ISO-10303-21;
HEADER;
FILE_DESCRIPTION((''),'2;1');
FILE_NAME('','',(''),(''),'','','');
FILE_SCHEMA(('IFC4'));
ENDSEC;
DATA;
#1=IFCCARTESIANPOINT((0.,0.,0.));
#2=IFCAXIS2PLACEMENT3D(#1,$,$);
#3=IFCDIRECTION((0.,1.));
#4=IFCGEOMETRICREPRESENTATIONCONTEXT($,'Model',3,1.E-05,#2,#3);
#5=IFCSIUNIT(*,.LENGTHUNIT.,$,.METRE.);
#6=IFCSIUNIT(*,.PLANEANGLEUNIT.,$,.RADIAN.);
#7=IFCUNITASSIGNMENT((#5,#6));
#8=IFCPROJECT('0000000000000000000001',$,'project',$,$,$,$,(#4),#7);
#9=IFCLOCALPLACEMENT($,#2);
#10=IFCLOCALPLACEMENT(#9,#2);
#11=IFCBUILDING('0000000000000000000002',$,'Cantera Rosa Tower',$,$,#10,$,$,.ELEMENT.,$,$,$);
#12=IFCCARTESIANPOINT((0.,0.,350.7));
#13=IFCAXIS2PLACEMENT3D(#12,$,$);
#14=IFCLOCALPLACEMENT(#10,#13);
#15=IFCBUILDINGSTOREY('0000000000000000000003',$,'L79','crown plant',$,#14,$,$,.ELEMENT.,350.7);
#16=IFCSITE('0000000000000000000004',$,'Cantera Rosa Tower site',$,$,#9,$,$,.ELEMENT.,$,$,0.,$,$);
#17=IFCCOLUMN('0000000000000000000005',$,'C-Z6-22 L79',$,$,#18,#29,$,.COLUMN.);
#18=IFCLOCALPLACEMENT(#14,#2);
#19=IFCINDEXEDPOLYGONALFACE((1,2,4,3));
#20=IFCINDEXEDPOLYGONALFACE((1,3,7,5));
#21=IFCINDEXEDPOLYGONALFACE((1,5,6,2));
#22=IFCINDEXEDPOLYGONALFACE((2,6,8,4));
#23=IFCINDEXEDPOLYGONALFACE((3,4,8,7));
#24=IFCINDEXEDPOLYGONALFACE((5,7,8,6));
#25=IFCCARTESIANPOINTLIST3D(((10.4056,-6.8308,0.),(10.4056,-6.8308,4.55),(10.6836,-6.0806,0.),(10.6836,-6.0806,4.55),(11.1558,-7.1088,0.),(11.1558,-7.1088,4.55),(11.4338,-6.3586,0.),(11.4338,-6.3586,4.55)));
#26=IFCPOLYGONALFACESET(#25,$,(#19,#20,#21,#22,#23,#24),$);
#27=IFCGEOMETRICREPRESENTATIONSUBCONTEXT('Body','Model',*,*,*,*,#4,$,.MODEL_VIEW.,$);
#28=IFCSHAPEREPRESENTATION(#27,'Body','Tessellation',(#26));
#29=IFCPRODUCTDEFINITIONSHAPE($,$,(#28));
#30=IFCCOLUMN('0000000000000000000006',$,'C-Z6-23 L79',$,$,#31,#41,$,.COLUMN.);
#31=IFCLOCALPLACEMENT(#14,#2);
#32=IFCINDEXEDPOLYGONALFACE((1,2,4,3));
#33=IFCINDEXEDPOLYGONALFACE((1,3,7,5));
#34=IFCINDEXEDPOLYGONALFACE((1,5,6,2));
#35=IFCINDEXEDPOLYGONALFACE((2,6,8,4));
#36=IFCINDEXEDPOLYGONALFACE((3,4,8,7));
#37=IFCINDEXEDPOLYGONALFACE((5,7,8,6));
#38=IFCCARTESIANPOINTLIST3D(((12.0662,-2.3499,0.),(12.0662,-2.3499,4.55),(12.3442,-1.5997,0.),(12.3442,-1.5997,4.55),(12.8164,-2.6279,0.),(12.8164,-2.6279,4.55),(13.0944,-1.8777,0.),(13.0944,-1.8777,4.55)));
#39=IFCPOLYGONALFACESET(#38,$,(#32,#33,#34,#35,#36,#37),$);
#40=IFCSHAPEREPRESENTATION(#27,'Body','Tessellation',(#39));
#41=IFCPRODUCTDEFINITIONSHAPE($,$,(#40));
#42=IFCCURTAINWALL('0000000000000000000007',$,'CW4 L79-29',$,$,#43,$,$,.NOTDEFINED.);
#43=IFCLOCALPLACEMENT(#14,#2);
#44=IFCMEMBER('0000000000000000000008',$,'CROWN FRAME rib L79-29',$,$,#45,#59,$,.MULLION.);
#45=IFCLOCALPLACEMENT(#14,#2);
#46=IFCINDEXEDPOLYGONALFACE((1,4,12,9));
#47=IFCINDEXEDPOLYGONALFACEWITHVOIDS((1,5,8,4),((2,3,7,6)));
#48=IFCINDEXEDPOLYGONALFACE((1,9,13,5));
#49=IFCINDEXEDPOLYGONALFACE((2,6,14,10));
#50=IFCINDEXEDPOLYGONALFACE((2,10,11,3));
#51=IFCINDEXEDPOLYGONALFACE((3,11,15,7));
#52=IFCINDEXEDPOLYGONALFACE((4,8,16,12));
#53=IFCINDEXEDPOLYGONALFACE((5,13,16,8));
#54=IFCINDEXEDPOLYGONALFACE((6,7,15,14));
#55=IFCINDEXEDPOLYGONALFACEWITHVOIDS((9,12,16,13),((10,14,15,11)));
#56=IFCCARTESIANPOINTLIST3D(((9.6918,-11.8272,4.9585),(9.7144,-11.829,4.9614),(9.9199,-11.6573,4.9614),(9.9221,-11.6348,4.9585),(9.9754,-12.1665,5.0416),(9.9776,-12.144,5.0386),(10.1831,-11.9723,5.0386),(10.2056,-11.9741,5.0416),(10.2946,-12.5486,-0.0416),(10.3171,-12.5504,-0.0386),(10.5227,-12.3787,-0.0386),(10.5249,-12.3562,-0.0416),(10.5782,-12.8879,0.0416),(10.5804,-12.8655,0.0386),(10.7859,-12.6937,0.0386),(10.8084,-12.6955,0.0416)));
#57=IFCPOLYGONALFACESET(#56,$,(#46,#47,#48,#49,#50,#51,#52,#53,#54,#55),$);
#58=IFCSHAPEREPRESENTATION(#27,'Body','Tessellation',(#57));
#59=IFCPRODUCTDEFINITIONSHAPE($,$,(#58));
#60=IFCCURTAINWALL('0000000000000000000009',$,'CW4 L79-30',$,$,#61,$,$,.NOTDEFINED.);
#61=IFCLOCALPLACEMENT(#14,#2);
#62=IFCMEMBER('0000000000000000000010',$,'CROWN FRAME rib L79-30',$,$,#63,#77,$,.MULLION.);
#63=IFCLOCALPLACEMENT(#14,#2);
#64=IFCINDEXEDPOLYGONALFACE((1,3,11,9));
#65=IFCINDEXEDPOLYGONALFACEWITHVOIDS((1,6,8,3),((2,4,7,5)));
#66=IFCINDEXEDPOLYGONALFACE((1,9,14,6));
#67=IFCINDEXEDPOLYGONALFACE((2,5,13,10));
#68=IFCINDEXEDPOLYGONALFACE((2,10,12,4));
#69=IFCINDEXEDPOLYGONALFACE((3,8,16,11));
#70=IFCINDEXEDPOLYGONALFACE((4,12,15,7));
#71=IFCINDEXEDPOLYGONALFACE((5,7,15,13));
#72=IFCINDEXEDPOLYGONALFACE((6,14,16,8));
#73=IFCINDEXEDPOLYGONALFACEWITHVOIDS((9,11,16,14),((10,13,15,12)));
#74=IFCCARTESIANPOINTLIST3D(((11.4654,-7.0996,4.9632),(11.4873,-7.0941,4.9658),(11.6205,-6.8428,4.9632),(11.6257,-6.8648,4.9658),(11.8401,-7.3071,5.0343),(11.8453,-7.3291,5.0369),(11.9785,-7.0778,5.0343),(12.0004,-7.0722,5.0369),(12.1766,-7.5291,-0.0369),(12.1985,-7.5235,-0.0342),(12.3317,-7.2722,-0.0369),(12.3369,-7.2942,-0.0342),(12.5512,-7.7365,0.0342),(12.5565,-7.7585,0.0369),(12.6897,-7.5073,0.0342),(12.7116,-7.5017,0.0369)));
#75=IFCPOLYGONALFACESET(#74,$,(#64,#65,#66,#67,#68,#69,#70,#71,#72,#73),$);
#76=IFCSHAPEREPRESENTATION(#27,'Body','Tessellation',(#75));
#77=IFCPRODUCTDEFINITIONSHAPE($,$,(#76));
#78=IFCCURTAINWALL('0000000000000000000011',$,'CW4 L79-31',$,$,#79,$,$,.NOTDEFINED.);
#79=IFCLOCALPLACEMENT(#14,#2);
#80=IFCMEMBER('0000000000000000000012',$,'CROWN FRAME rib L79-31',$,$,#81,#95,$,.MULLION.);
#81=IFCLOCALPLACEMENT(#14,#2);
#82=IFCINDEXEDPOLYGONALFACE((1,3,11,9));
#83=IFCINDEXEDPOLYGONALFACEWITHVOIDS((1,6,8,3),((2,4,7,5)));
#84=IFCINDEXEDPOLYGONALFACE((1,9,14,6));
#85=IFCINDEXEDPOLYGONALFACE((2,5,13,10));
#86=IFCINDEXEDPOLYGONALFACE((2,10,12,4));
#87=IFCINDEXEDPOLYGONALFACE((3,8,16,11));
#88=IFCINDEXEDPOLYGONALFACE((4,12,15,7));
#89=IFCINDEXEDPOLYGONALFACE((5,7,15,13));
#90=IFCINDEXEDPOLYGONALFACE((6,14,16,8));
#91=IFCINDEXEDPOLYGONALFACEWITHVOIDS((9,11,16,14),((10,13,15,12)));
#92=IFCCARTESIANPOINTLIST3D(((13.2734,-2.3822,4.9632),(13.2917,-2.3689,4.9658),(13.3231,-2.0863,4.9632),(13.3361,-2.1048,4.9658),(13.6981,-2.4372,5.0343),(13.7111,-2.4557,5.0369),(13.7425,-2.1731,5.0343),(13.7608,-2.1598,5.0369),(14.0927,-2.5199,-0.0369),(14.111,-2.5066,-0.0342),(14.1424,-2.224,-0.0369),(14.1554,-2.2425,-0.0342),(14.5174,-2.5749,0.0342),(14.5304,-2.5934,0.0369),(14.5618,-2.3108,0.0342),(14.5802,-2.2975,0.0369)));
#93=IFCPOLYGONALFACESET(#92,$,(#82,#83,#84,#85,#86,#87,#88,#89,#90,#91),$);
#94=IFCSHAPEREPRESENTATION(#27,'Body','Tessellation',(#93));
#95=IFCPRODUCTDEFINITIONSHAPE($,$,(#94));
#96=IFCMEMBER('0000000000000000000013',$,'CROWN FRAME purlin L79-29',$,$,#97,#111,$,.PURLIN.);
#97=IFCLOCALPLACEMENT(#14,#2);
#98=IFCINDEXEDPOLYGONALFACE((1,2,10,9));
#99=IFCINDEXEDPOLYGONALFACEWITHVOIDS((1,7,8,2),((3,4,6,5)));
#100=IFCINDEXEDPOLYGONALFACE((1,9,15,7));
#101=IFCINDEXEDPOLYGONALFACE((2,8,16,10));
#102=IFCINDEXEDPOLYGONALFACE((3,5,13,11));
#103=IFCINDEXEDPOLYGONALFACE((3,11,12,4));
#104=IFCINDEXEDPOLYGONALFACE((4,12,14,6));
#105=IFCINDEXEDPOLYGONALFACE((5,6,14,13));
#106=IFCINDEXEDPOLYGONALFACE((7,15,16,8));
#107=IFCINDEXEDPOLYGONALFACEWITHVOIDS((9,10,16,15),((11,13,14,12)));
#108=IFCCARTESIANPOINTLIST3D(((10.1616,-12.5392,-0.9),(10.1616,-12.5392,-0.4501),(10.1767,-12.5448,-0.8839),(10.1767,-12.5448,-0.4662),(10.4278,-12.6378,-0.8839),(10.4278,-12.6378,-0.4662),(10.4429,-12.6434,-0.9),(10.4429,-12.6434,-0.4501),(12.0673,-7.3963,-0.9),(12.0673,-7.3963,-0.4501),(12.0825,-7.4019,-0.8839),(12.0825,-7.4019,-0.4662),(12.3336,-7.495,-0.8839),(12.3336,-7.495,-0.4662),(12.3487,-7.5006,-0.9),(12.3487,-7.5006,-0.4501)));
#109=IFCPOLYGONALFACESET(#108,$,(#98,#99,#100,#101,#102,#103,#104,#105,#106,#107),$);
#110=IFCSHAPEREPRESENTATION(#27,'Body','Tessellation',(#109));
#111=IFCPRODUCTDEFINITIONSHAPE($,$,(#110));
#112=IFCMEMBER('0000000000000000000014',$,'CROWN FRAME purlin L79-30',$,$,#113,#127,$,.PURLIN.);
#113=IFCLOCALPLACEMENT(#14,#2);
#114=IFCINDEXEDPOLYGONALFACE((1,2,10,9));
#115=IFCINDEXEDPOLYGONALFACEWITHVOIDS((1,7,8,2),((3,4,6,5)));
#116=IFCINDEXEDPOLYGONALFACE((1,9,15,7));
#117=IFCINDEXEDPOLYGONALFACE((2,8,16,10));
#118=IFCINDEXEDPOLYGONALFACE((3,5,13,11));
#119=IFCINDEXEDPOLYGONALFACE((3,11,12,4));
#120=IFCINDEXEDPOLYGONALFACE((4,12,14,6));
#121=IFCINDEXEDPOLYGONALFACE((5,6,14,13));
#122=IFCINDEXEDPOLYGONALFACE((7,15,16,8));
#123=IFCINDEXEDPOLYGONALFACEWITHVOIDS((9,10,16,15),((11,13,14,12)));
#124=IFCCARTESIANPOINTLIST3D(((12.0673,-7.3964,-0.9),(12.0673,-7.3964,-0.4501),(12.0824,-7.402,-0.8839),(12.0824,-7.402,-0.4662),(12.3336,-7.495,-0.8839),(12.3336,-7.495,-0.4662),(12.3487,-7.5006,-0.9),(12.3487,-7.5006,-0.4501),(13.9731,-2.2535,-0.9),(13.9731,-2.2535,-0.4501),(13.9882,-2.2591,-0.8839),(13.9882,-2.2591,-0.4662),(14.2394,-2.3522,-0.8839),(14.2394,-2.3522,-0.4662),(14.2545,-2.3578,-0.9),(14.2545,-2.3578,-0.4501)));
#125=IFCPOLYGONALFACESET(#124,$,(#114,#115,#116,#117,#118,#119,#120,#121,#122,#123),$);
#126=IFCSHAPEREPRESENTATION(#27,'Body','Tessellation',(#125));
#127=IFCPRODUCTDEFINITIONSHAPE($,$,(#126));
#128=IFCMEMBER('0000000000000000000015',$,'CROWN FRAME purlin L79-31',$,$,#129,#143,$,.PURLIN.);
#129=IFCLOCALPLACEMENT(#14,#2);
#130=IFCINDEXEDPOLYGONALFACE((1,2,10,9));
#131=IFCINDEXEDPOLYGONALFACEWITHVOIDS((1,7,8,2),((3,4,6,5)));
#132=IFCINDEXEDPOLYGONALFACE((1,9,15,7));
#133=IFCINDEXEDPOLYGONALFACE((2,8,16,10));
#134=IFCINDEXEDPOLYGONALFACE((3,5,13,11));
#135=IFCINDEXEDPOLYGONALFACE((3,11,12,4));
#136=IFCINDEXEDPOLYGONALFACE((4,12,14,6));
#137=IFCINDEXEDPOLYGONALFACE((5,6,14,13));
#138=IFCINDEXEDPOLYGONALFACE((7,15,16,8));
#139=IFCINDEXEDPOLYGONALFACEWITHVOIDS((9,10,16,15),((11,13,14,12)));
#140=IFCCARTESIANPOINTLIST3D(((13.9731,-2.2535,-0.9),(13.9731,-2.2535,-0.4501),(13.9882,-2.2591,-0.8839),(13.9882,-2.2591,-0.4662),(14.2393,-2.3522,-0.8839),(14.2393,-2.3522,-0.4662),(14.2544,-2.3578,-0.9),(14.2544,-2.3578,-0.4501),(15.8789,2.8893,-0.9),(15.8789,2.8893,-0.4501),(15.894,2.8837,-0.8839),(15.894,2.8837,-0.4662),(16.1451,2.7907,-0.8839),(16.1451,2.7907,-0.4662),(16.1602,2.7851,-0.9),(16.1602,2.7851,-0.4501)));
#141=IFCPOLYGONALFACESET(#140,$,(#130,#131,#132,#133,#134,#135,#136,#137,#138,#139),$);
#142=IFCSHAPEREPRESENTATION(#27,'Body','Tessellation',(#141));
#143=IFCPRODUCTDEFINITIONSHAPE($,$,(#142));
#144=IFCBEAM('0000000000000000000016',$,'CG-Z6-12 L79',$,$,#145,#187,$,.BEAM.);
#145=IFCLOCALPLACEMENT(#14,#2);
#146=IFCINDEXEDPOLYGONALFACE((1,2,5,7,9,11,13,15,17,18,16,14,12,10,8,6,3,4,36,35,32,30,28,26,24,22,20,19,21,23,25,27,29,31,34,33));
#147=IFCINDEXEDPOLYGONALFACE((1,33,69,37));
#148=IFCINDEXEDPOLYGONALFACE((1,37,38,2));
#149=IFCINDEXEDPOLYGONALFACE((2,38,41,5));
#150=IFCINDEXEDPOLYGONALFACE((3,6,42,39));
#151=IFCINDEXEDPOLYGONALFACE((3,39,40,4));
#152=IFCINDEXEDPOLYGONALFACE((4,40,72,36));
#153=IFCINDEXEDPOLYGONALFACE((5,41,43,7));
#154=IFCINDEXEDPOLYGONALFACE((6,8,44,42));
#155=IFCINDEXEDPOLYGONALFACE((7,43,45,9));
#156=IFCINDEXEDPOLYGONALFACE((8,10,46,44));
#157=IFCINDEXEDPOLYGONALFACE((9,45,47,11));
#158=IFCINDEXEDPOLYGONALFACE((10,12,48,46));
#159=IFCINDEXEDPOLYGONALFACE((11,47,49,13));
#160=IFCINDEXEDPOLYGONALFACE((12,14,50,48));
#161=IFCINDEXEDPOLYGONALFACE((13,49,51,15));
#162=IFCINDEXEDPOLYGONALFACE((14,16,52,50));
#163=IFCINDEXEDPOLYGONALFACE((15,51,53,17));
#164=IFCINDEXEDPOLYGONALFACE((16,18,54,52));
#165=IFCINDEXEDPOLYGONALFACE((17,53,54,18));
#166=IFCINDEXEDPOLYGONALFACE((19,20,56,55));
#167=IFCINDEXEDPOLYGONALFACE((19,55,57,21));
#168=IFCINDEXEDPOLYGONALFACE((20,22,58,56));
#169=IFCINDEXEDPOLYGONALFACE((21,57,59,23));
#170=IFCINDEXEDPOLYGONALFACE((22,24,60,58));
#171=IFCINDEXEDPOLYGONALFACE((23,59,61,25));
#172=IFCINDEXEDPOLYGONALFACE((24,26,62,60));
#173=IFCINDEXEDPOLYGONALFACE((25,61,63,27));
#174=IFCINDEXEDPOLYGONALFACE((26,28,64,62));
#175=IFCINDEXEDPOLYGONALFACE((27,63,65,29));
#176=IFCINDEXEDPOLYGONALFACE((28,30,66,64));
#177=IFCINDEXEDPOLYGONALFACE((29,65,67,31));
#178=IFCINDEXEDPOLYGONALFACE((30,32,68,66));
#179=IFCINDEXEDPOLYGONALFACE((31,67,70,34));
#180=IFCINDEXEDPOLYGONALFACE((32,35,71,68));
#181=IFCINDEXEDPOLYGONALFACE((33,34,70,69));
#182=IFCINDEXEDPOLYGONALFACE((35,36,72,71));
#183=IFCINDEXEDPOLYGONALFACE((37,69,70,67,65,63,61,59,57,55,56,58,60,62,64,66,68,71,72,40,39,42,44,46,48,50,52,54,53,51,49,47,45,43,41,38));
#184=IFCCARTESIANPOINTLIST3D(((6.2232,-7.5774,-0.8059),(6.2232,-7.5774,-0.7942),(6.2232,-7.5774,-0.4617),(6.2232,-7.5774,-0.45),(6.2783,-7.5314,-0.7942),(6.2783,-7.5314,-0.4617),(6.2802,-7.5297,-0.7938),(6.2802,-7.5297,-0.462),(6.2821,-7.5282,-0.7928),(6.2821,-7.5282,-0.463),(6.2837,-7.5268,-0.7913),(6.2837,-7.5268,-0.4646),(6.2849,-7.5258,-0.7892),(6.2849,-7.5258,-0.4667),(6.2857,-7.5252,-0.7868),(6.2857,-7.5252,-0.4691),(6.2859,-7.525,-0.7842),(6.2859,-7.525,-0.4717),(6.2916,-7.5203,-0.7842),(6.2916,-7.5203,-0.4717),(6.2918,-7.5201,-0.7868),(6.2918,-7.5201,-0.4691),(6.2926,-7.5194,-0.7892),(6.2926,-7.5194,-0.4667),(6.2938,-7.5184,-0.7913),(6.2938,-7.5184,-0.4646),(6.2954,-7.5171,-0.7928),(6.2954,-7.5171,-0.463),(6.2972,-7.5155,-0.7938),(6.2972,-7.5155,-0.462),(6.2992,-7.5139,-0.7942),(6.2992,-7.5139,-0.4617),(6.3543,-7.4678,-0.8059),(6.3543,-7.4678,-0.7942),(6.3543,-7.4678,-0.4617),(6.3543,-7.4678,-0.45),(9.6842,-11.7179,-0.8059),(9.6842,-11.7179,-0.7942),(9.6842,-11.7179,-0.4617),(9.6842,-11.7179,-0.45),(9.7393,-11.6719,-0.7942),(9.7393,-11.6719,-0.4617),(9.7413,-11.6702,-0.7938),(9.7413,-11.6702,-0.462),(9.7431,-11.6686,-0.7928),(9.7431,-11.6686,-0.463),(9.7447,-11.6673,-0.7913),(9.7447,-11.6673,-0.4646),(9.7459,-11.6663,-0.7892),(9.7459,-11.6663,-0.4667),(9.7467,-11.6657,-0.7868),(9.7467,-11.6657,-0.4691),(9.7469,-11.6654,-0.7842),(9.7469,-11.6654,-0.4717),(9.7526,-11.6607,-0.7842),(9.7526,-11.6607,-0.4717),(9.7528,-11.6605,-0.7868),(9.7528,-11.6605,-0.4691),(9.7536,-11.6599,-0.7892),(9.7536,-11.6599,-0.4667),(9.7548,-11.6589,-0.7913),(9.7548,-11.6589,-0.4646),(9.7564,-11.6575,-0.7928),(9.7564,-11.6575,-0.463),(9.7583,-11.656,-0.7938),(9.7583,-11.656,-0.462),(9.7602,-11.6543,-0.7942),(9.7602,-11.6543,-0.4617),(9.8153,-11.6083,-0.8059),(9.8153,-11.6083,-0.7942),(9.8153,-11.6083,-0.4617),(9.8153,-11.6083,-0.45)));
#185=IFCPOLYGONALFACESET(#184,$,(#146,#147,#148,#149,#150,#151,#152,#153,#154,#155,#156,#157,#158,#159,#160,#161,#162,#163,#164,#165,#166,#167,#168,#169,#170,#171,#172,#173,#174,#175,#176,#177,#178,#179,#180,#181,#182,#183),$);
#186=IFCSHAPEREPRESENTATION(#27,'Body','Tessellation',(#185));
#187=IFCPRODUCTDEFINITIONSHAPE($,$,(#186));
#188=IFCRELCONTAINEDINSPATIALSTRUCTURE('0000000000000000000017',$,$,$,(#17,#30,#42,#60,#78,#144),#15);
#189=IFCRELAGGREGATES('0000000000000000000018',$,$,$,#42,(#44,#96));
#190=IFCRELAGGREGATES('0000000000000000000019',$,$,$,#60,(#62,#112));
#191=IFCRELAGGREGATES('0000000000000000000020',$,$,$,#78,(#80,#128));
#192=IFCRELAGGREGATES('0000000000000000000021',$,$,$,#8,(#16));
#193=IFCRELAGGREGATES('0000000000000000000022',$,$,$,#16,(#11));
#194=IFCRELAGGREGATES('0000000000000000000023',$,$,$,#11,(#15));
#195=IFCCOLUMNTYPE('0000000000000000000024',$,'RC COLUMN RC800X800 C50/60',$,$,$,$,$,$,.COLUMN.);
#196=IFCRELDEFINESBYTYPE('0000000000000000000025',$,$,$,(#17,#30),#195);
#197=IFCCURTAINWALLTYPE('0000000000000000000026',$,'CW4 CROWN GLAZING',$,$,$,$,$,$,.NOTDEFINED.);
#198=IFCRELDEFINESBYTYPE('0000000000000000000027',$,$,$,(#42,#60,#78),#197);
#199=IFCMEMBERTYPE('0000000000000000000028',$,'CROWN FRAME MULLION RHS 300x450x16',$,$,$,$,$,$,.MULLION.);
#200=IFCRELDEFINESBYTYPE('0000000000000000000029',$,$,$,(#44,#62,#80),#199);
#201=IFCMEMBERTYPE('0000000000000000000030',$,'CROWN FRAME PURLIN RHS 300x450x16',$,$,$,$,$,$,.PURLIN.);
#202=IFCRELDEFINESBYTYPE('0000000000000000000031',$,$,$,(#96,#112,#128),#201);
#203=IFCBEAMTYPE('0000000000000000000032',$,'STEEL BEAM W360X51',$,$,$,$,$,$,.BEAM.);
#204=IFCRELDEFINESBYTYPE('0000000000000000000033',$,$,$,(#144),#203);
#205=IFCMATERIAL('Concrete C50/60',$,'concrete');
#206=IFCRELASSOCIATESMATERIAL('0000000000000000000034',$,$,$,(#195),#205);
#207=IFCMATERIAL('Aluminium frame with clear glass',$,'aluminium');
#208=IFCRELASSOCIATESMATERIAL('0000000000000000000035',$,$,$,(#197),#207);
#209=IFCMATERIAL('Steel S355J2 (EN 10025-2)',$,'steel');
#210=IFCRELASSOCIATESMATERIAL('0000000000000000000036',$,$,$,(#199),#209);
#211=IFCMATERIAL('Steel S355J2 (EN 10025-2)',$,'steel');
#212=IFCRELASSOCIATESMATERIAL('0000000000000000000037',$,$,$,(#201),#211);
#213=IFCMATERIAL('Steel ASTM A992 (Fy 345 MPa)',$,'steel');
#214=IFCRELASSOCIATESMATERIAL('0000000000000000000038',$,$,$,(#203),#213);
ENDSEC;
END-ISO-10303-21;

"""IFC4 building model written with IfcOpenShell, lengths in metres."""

from ifc_helpers import new_model, si_unit, direction, frame, origin, origin_2d, place, context, subcontext, project, spatial, rectangle, hollow_rectangle, i_section, extrude, material, material_profile, profile_set, type_object, element, aggregate, save


model = new_model("IFC4")

# Units and contexts
model_context = context("Model", 3, precision=1e-05, world=origin(), true_north=direction((0.0, 1.0)))
body_context = subcontext(model_context, "Body", "Model", "MODEL_VIEW")
ifc_project = project(units=[si_unit("LENGTHUNIT", "METRE"), si_unit("PLANEANGLEUNIT", "RADIAN")], contexts=[model_context])

# Site, building, storey
site_placement = place(None, origin())
site = spatial("IfcSite", under=ifc_project, at=site_placement, Name="Cantera Rosa Tower site", CompositionType="ELEMENT", RefElevation=0.0)
building_placement = place(site_placement, origin())
building = spatial("IfcBuilding", under=site, at=building_placement, Name="Cantera Rosa Tower", CompositionType="ELEMENT")
storey_placement = place(building_placement, frame((0.0, 0.0, 350.7)))
storey = spatial("IfcBuildingStorey", under=building, at=storey_placement, Name="L79", Description="crown plant", CompositionType="ELEMENT", Elevation=350.7)

# Columns
ifc_material_1 = material(Name="Concrete C50/60", Category="concrete")
ifc_material_profile_1 = material_profile(ifc_material_1, rectangle(XDim=0.8, YDim=0.8, at=origin_2d()), Name="RC COLUMN RC800X800 C50/60")
ifc_profile_set_1 = profile_set([ifc_material_profile_1], Name="Concrete C50/60")
column_type = type_object("IfcColumnType", Name="RC COLUMN RC800X800 C50/60", PredefinedType="COLUMN", material=ifc_profile_set_1)
for number, where, z_axis, x_axis, name in (
    (1, (10.9197, -6.5947, 0.0), (0.0, 0.0, 1.0), (0.347481, 0.937687, 0.0), "C-Z6-22 L79"),
    (2, (12.5803, -2.1138, 0.0), (0.0, 0.0, 1.0), (0.347481, 0.937687, 0.0), "C-Z6-23 L79"),
):
    element("IfcColumn", number, at=place(storey_placement, frame(where, z_axis=z_axis, x_axis=x_axis)), inside=storey, type_object=column_type, Name=name, PredefinedType="COLUMN", context=body_context, shape_type="SweptSolid", body=[
        extrude(rectangle(XDim=0.8, YDim=0.8, at=origin_2d()), origin(), (0.0, 0.0, 1.0), 4.55),
    ])

# Curtain walls, members
ifc_material_2 = material(Name="Aluminium frame with clear glass", Category="aluminium")
curtain_wall_type = type_object("IfcCurtainWallType", Name="CW4 CROWN GLAZING", PredefinedType="NOTDEFINED", material=ifc_material_2)
curtain_wall_1_placement = place(storey_placement, origin())
curtain_wall_1 = element("IfcCurtainWall", 3, at=curtain_wall_1_placement, inside=storey, type_object=curtain_wall_type, Name="CW4 L79-29", PredefinedType="NOTDEFINED")
ifc_material_3 = material(Name="Steel S355J2 (EN 10025-2)", Category="steel")
ifc_material_profile_2 = material_profile(ifc_material_3, hollow_rectangle(XDim=0.3, YDim=0.45, WallThickness=0.0161, at=origin_2d()), Name="CROWN FRAME MULLION RHS 300x450x16")
ifc_profile_set_2 = profile_set([ifc_material_profile_2], Name="Steel S355J2 (EN 10025-2)")
member_type_1 = type_object("IfcMemberType", Name="CROWN FRAME MULLION RHS 300x450x16", PredefinedType="MULLION", material=ifc_profile_set_2)
member_1_placement = place(storey_placement, frame((10.5515, -12.6221, 0.0), z_axis=(-0.118481, 0.141802, 0.982779), x_axis=(-0.76739, -0.64118, 0.0)))
member_1 = element("IfcMember", 4, at=member_1_placement, type_object=member_type_1, Name="CROWN FRAME rib L79-29", PredefinedType="MULLION", context=body_context, shape_type="SweptSolid", body=[
    extrude(hollow_rectangle(XDim=0.3, YDim=0.45, WallThickness=0.0161, at=origin_2d()), origin(), (0.0, 0.0, 1.0), 5.0876),
])
curtain_wall_2_placement = place(storey_placement, origin())
curtain_wall_2 = element("IfcCurtainWall", 5, at=curtain_wall_2_placement, inside=storey, type_object=curtain_wall_type, Name="CW4 L79-30", PredefinedType="NOTDEFINED")
member_2_placement = place(storey_placement, frame((12.4441, -7.5154, 0.0), z_axis=(-0.140313, 0.084727, 0.986475), x_axis=(-0.516914, -0.856037, 0.0)))
member_2 = element("IfcMember", 6, at=member_2_placement, type_object=member_type_1, Name="CROWN FRAME rib L79-30", PredefinedType="MULLION", context=body_context, shape_type="SweptSolid", body=[
    extrude(hollow_rectangle(XDim=0.3, YDim=0.45, WallThickness=0.0161, at=origin_2d()), origin(), (0.0, 0.0, 1.0), 5.0686),
])
curtain_wall_3_placement = place(storey_placement, origin())
curtain_wall_3 = element("IfcCurtainWall", 7, at=curtain_wall_3_placement, inside=storey, type_object=curtain_wall_type, Name="CW4 L79-31", PredefinedType="NOTDEFINED")
member_3_placement = place(storey_placement, frame((14.3364, -2.4087, 0.0), z_axis=(-0.161651, 0.027167, 0.986474), x_axis=(-0.165733, -0.986171, 0.0)))
member_3 = element("IfcMember", 8, at=member_3_placement, type_object=member_type_1, Name="CROWN FRAME rib L79-31", PredefinedType="MULLION", context=body_context, shape_type="SweptSolid", body=[
    extrude(hollow_rectangle(XDim=0.3, YDim=0.45, WallThickness=0.0161, at=origin_2d()), origin(), (0.0, 0.0, 1.0), 5.0686),
])

# Members
ifc_material_4 = material(Name="Steel S355J2 (EN 10025-2)", Category="steel")
ifc_material_profile_3 = material_profile(ifc_material_4, hollow_rectangle(XDim=0.3, YDim=0.45, WallThickness=0.0161, at=origin_2d()), Name="CROWN FRAME PURLIN RHS 300x450x16")
ifc_profile_set_3 = profile_set([ifc_material_profile_3], Name="Steel S355J2 (EN 10025-2)")
member_type_2 = type_object("IfcMemberType", Name="CROWN FRAME PURLIN RHS 300x450x16", PredefinedType="PURLIN", material=ifc_profile_set_3)
member_4_placement = place(storey_placement, frame((10.3022, -12.5913, -0.675), z_axis=(0.347477, 0.937689, 0.0), x_axis=(-0.937689, 0.347477, 0.0)))
member_4 = element("IfcMember", 9, at=member_4_placement, type_object=member_type_2, Name="CROWN FRAME purlin L79-29", PredefinedType="PURLIN", context=body_context, shape_type="SweptSolid", body=[
    extrude(hollow_rectangle(XDim=0.3, YDim=0.45, WallThickness=0.0161, at=origin_2d()), origin(), (0.0, 0.0, 1.0), 5.4846),
])
member_5_placement = place(storey_placement, frame((12.208, -7.4485, -0.675), z_axis=(0.347477, 0.937689, 0.0), x_axis=(-0.937689, 0.347477, 0.0)))
member_5 = element("IfcMember", 10, at=member_5_placement, type_object=member_type_2, Name="CROWN FRAME purlin L79-30", PredefinedType="PURLIN", context=body_context, shape_type="SweptSolid", body=[
    extrude(hollow_rectangle(XDim=0.3, YDim=0.45, WallThickness=0.0161, at=origin_2d()), origin(), (0.0, 0.0, 1.0), 5.4846),
])
member_6_placement = place(storey_placement, frame((14.1138, -2.3057, -0.675), z_axis=(0.347477, 0.937689, 0.0), x_axis=(-0.937689, 0.347477, 0.0)))
member_6 = element("IfcMember", 11, at=member_6_placement, type_object=member_type_2, Name="CROWN FRAME purlin L79-31", PredefinedType="PURLIN", context=body_context, shape_type="SweptSolid", body=[
    extrude(hollow_rectangle(XDim=0.3, YDim=0.45, WallThickness=0.0161, at=origin_2d()), origin(), (0.0, 0.0, 1.0), 5.4846),
])

# Beam
ifc_material_5 = material(Name="Steel ASTM A992 (Fy 345 MPa)", Category="steel")
ifc_material_profile_4 = material_profile(ifc_material_5, i_section(OverallWidth=0.1709, OverallDepth=0.356, WebThickness=0.0073, FlangeThickness=0.0117, FilletRadius=0.01, at=origin_2d()), Name="W360X51")
ifc_profile_set_4 = profile_set([ifc_material_profile_4], Name="Steel ASTM A992 (Fy 345 MPa)")
beam_type_1 = type_object("IfcBeamType", Name="STEEL BEAM W360X51", PredefinedType="BEAM", material=ifc_profile_set_4)
beam_1_placement = place(storey_placement, frame((9.7498, -11.6631, -0.6279), z_axis=(-0.641345, 0.767253, 0.0), x_axis=(-0.767253, -0.641345, 0.0)))
element("IfcBeam", 12, at=beam_1_placement, inside=storey, type_object=beam_type_1, Name="CG-Z6-12 L79", PredefinedType="BEAM", context=body_context, shape_type="SweptSolid", body=[
    extrude(i_section(OverallWidth=0.1709, OverallDepth=0.356, WebThickness=0.0073, FlangeThickness=0.0117, FilletRadius=0.01, at=origin_2d()), origin(), (0.0, 0.0, 1.0), 5.3965),
])

aggregate(curtain_wall_1, [member_1, member_4])
aggregate(curtain_wall_2, [member_2, member_5])
aggregate(curtain_wall_3, [member_3, member_6])

save(model, "model.ifc")
